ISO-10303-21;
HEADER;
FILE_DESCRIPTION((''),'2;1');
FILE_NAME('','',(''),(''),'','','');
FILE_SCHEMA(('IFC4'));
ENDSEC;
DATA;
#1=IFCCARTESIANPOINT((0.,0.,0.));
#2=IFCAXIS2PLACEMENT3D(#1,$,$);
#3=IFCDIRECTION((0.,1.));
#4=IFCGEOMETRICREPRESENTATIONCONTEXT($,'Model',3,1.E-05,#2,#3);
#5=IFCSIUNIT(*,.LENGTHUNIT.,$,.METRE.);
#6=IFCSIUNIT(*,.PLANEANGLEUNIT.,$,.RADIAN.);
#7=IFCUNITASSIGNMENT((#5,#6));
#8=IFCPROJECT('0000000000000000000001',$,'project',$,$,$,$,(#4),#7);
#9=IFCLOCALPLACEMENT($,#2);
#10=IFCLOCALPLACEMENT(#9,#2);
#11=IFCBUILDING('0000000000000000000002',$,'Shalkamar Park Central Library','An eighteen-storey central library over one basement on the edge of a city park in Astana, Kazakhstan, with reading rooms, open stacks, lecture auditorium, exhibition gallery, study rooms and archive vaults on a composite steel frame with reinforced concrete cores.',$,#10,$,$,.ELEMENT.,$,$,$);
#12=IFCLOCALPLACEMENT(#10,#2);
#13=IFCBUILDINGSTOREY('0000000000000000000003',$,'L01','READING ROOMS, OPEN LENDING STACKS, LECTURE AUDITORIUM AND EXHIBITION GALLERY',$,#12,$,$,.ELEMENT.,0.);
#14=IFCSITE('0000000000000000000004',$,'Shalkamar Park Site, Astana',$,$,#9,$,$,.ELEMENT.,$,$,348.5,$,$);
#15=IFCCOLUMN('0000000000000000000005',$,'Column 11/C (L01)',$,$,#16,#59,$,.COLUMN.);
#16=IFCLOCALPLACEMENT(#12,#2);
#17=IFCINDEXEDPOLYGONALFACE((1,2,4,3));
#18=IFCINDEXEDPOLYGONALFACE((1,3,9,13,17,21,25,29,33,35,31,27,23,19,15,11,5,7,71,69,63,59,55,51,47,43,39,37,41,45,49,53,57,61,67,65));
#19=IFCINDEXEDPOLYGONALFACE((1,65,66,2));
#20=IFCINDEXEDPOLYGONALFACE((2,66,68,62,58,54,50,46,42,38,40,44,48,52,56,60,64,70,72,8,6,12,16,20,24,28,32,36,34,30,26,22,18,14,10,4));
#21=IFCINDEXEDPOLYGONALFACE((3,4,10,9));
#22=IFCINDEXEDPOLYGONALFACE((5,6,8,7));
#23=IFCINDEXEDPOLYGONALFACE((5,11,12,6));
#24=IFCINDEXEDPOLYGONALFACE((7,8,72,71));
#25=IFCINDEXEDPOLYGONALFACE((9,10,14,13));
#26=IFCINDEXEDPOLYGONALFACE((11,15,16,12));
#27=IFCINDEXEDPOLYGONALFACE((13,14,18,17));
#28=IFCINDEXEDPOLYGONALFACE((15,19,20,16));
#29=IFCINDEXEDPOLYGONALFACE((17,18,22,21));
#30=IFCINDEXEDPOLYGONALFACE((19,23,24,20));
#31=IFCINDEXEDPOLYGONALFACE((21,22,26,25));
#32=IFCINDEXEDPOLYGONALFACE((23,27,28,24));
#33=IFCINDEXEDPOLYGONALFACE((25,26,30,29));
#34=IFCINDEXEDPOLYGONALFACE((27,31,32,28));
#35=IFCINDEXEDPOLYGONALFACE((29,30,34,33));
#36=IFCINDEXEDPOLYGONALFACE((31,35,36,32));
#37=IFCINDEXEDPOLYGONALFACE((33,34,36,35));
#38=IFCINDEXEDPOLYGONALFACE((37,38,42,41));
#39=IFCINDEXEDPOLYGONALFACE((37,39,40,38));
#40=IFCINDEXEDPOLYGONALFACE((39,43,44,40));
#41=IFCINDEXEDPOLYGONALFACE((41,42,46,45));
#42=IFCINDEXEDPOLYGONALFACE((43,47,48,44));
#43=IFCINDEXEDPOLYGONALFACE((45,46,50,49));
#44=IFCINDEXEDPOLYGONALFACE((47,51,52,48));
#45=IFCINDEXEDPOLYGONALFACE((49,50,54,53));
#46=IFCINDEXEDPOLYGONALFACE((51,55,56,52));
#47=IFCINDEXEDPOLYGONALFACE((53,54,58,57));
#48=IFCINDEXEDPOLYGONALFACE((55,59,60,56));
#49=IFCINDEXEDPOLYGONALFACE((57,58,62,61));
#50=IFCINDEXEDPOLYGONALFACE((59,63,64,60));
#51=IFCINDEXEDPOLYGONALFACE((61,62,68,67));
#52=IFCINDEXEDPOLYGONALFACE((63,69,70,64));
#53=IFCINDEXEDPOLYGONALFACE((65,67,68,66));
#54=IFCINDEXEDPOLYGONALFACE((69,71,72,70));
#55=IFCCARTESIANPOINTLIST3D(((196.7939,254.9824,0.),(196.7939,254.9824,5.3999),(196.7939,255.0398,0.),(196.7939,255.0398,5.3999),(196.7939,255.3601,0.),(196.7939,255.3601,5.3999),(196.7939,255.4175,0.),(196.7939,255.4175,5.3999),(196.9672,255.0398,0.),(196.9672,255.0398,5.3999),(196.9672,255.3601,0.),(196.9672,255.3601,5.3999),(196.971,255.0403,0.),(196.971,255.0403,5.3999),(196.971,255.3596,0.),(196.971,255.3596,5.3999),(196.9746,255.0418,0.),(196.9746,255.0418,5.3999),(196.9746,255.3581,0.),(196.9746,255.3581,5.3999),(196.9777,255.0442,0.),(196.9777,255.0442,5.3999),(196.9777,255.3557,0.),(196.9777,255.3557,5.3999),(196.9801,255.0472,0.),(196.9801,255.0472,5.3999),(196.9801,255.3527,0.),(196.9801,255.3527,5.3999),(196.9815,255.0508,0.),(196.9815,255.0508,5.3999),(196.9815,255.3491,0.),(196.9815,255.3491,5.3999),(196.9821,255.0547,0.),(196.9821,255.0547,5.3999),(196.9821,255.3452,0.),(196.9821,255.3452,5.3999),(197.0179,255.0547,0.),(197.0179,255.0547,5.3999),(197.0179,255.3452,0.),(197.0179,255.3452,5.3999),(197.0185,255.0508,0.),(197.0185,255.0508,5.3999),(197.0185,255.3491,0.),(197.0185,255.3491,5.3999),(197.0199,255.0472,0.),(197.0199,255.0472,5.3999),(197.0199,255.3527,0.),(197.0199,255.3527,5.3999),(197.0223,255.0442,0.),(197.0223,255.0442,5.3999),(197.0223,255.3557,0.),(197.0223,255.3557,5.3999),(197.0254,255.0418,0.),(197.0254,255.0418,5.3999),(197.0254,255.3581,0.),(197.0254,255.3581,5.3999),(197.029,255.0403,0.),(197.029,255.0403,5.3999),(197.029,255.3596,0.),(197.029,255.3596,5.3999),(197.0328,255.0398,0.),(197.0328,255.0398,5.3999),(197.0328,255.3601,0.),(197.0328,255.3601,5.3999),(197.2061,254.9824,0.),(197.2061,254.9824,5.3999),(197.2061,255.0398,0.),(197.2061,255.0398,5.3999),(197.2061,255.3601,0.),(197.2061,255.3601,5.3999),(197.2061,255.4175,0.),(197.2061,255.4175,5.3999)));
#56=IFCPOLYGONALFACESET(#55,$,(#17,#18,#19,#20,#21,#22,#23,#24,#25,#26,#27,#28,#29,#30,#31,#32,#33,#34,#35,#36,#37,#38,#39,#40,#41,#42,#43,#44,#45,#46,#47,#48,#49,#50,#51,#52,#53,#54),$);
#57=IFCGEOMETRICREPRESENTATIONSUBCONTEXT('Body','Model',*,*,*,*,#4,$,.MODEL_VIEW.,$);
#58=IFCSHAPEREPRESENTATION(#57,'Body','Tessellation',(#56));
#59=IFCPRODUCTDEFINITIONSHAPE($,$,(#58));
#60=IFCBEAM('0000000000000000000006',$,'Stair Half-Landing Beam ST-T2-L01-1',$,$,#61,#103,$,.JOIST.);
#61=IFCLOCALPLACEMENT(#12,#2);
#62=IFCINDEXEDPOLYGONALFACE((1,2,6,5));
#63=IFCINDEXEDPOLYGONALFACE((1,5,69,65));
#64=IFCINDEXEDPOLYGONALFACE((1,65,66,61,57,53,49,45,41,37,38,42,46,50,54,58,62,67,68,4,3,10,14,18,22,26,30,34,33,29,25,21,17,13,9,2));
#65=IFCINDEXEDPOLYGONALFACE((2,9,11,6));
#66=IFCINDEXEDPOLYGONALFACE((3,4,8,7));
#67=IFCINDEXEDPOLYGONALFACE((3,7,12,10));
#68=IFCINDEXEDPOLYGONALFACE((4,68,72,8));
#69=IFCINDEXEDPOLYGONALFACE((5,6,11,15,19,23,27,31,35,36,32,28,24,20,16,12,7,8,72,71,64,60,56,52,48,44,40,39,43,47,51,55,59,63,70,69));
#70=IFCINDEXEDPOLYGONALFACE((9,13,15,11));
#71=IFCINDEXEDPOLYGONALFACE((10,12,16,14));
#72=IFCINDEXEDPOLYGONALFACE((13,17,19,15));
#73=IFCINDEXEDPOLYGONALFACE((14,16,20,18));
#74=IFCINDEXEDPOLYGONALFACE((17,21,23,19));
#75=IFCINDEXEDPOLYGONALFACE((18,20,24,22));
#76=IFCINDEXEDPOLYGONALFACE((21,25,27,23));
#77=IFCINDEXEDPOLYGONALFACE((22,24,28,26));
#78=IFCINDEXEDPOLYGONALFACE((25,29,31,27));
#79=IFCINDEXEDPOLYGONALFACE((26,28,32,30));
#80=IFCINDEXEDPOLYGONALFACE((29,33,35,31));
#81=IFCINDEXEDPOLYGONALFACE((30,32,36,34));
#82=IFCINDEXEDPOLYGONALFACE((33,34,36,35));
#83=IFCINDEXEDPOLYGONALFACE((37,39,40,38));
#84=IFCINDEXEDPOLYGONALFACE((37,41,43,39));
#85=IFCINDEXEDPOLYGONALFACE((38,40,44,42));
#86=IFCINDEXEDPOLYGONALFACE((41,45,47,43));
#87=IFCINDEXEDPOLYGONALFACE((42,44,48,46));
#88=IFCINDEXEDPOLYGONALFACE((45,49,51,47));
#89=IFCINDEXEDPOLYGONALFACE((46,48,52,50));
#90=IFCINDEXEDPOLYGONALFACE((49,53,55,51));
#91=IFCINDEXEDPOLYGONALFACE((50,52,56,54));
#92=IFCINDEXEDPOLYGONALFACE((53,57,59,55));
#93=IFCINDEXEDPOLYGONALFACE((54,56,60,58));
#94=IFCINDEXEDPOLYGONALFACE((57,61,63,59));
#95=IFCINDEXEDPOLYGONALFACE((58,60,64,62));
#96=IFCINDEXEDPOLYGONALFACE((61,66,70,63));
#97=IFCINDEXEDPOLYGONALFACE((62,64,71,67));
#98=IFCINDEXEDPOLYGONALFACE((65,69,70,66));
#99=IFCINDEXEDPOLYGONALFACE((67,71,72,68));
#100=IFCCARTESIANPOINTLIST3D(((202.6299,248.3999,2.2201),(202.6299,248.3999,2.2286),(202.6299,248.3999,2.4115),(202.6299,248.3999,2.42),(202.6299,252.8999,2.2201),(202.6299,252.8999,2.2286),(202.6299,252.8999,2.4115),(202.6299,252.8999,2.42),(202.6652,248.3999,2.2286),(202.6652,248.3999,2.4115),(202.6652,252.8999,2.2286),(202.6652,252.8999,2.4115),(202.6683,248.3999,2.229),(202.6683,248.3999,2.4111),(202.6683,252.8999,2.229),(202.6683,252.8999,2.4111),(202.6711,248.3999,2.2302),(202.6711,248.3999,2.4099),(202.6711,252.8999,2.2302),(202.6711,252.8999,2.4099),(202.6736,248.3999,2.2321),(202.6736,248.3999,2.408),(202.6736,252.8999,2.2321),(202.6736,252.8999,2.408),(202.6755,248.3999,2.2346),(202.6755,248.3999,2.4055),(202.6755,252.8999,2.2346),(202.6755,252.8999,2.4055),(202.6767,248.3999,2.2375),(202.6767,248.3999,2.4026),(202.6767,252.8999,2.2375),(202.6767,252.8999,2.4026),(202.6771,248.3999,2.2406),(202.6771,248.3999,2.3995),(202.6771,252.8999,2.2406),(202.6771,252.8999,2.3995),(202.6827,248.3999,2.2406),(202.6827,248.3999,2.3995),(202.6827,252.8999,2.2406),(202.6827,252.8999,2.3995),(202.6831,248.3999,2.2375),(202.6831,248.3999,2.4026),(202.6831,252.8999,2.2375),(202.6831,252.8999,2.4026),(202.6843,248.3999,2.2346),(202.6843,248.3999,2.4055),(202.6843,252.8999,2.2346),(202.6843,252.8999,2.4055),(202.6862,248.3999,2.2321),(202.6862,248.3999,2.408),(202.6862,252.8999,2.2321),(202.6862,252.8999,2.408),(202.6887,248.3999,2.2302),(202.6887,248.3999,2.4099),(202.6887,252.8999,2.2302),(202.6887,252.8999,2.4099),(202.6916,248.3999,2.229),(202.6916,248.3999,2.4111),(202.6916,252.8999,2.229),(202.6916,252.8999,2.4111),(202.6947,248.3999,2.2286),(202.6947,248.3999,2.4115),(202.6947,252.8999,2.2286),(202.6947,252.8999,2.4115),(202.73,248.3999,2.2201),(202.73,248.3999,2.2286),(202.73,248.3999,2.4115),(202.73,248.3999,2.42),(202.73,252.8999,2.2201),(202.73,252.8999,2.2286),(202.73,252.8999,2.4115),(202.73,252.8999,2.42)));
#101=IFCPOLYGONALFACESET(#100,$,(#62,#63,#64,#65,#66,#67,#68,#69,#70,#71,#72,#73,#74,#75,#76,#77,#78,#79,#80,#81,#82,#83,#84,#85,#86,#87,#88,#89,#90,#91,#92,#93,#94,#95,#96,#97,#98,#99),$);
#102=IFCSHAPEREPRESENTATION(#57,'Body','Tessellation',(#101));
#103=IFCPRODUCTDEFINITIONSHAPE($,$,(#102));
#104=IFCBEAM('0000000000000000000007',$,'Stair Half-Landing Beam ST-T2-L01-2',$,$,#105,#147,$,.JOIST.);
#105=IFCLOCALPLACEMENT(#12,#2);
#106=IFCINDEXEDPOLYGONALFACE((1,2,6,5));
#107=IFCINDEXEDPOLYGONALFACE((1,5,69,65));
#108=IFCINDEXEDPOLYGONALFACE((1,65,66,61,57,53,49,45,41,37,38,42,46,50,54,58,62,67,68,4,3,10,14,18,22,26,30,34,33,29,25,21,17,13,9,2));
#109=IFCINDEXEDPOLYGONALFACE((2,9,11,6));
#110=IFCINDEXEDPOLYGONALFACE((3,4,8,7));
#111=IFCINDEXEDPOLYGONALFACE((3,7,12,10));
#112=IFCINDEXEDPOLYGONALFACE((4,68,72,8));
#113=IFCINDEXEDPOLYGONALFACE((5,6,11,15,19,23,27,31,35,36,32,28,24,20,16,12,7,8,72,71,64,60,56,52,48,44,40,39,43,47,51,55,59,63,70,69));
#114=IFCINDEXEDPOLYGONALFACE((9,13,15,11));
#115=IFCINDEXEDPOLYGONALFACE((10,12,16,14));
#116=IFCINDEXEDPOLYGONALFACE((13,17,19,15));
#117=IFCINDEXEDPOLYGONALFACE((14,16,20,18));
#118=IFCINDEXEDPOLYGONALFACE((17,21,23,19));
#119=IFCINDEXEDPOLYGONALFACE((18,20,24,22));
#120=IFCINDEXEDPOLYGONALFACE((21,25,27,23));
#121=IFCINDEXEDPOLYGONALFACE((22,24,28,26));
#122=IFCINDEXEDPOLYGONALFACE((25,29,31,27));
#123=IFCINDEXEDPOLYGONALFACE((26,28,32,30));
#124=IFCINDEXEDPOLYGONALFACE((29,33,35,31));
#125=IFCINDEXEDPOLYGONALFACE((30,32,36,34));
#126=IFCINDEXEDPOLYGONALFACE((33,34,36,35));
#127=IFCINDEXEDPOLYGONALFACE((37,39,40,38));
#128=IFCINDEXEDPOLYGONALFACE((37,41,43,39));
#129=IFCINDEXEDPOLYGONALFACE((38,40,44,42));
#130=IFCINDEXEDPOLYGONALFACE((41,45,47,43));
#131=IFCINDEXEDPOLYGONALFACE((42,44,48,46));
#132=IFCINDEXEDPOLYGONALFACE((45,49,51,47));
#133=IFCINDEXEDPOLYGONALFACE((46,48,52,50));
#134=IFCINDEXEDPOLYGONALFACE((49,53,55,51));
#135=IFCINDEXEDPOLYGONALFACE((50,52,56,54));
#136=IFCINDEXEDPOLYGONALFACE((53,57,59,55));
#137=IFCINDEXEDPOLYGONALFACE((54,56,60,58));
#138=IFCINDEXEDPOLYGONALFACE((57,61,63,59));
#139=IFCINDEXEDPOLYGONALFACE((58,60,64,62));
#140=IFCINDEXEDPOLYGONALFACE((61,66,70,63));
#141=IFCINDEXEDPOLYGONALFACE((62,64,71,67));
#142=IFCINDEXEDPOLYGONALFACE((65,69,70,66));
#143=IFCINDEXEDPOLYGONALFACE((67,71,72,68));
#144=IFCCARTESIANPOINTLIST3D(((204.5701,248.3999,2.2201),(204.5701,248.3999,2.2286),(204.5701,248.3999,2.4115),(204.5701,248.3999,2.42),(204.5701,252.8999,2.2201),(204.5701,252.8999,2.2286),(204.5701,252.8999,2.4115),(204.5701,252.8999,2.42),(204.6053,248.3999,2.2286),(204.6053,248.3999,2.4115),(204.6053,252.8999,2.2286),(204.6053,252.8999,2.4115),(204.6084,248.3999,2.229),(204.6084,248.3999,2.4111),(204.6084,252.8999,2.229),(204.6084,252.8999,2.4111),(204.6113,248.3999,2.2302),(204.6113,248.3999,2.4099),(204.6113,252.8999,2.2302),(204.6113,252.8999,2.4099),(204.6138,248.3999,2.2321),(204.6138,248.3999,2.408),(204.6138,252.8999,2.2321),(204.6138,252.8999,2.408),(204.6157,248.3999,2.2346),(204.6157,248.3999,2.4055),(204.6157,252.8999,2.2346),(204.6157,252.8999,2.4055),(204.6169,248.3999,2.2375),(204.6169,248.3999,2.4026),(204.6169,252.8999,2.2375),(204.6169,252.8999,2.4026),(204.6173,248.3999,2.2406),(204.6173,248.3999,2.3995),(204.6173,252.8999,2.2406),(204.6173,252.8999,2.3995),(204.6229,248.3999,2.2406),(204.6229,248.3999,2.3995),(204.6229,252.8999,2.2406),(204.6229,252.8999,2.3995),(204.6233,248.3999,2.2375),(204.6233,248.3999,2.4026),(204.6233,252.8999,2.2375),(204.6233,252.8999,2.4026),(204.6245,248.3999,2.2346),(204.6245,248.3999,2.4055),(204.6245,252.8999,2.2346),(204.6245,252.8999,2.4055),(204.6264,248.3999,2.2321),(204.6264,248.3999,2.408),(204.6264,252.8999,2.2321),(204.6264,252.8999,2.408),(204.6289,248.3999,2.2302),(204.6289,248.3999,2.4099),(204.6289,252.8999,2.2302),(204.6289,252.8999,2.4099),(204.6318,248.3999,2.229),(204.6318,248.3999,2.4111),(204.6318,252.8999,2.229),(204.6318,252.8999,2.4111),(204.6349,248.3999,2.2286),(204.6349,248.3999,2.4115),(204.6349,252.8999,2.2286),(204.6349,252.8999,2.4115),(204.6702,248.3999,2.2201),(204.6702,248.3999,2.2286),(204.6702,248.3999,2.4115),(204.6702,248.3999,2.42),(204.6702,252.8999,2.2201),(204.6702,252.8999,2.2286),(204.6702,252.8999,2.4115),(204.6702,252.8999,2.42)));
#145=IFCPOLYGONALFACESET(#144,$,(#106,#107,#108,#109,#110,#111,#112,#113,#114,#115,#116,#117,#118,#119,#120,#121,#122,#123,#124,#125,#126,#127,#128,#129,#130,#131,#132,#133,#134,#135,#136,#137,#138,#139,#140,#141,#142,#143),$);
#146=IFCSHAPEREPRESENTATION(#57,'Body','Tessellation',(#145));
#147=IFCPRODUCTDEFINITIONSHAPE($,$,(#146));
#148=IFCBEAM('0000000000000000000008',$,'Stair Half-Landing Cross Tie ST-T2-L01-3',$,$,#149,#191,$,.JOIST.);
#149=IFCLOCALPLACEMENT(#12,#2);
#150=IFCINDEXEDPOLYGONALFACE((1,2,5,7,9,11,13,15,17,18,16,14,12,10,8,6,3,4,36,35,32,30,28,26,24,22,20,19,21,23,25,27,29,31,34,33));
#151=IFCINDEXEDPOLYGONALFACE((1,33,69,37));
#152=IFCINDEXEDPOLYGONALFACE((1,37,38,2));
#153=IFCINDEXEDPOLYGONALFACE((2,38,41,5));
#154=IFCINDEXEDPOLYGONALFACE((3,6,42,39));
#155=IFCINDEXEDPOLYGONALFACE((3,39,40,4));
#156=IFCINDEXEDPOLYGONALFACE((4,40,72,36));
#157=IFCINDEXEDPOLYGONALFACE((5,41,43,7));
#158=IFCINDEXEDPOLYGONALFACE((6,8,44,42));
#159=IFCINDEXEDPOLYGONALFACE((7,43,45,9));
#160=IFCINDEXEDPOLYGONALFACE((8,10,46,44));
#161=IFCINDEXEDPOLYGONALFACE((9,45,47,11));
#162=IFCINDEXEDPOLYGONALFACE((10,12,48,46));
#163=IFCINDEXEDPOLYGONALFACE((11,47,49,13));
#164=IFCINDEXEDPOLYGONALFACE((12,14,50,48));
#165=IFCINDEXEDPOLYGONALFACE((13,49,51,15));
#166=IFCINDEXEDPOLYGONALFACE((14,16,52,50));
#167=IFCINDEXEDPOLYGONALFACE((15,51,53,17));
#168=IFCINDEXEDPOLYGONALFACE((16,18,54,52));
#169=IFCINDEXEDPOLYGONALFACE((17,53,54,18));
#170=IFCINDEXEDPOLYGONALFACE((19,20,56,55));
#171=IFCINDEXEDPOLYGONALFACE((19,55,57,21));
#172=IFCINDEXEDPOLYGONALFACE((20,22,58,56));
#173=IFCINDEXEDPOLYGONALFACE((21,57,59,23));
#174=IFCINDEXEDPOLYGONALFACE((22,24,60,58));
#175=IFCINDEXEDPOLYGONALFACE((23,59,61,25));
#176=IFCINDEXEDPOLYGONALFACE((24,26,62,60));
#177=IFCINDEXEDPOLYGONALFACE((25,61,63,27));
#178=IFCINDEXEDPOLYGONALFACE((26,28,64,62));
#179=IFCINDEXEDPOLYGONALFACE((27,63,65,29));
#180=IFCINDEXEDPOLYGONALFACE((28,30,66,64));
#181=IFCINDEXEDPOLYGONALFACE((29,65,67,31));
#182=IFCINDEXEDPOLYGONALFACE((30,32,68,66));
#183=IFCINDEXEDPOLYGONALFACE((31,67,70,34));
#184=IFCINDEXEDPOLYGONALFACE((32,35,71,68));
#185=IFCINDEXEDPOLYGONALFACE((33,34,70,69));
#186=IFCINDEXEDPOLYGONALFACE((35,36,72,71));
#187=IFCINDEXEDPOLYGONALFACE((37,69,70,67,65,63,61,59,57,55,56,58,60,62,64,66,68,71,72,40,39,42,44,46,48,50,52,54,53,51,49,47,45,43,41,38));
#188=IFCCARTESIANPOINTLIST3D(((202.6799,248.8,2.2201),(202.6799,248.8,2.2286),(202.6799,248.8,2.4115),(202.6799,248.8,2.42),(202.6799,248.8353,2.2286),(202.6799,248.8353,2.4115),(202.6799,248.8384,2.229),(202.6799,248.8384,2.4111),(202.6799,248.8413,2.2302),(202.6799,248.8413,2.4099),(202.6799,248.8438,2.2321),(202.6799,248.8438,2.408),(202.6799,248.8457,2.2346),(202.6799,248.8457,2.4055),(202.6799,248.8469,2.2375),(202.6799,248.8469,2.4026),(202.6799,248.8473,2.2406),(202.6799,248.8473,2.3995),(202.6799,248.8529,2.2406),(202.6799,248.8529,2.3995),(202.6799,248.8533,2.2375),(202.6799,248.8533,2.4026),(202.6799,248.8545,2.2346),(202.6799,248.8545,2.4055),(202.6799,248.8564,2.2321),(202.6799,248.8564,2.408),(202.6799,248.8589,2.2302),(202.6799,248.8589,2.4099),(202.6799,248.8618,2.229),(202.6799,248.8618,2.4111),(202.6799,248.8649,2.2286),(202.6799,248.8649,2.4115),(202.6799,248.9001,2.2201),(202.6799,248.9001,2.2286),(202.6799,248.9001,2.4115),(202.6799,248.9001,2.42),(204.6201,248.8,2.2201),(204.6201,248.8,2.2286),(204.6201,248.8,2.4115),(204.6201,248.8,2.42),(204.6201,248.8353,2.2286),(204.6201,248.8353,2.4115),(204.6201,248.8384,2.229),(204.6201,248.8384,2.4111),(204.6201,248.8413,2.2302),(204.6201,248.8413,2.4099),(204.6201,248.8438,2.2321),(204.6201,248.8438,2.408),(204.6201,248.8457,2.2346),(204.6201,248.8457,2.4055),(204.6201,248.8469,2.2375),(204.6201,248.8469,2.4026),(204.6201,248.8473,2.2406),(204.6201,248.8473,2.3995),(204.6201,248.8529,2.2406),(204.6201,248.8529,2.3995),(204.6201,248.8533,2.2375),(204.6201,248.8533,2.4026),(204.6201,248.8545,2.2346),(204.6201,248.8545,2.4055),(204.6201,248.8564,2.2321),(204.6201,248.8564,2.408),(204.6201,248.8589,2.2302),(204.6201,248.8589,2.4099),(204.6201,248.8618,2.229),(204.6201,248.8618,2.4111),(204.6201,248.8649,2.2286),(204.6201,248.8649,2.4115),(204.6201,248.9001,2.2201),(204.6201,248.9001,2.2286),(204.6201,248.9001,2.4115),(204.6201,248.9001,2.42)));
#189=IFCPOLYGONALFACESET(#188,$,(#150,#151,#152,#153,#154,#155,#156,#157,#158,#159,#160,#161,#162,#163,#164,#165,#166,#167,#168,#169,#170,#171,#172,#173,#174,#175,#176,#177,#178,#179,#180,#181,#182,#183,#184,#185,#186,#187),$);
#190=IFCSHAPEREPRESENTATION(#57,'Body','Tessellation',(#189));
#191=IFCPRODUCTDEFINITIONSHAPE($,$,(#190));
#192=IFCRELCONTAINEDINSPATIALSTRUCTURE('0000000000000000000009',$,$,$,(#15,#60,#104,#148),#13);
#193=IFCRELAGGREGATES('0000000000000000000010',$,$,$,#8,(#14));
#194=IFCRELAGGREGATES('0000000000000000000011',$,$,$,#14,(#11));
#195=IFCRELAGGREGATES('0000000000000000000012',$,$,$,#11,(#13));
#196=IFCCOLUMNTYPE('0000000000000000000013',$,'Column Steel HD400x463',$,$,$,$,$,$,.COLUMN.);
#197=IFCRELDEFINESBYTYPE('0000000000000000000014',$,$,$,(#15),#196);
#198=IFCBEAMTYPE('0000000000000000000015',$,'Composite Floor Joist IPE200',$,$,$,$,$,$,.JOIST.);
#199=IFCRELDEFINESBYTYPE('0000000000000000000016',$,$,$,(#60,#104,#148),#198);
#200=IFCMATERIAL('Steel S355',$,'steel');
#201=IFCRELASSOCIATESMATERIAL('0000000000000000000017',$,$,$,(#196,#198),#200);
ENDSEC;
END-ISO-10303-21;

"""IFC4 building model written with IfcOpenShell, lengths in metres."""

from ifc_helpers import new_model, si_unit, direction, frame, origin, origin_2d, place, context, subcontext, project, spatial, i_section, extrude, material, material_profile, profile_set, type_object, element, save


model = new_model("IFC4")

# Units and contexts
model_context = context("Model", 3, precision=1e-05, world=origin(), true_north=direction((0.0, 1.0)))
body_context = subcontext(model_context, "Body", "Model", "MODEL_VIEW")
ifc_project = project(units=[si_unit("LENGTHUNIT", "METRE"), si_unit("PLANEANGLEUNIT", "RADIAN")], contexts=[model_context])

# Site, building, storey
site_placement = place(None, origin())
site = spatial("IfcSite", under=ifc_project, at=site_placement, Name="Shalkamar Park Site, Astana", CompositionType="ELEMENT", RefElevation=348.5)
building_placement = place(site_placement, origin())
building = spatial("IfcBuilding", under=site, at=building_placement, Name="Shalkamar Park Central Library", Description="An eighteen-storey central library over one basement on the edge of a city park in Astana, Kazakhstan, with reading rooms, open stacks, lecture auditorium, exhibition gallery, study rooms and archive vaults on a composite steel frame with reinforced concrete cores.", CompositionType="ELEMENT")
storey_placement = place(building_placement, origin())
storey = spatial("IfcBuildingStorey", under=building, at=storey_placement, Name="L01", Description="READING ROOMS, OPEN LENDING STACKS, LECTURE AUDITORIUM AND EXHIBITION GALLERY", CompositionType="ELEMENT", Elevation=0.0)

# Column
ifc_material_1 = material(Name="Steel S355", Category="steel")
ifc_material_profile_1 = material_profile(ifc_material_1, i_section(OverallWidth=0.4121, OverallDepth=0.4351, WebThickness=0.0359, FlangeThickness=0.0574, FilletRadius=0.0149, at=origin_2d()), Name="HD 400x463")
ifc_profile_set_1 = profile_set([ifc_material_profile_1], Name="Steel S355")
column_type = type_object("IfcColumnType", Name="Column Steel HD400x463", PredefinedType="COLUMN", material=ifc_profile_set_1)
column_placement = place(storey_placement, frame((197.0, 255.2, 0.0), z_axis=(0.0, 0.0, 1.0), x_axis=(1.0, 0.0, 0.0)))
element("IfcColumn", 1, at=column_placement, inside=storey, type_object=column_type, Name="Column 11/C (L01)", PredefinedType="COLUMN", context=body_context, shape_type="SweptSolid", body=[
    extrude(i_section(OverallWidth=0.4121, OverallDepth=0.4351, WebThickness=0.0359, FlangeThickness=0.0574, FilletRadius=0.0149, at=origin_2d()), origin(), (0.0, 0.0, 1.0), 5.3999),
])

# Beams
ifc_material_profile_2 = material_profile(ifc_material_1, i_section(OverallWidth=0.1001, OverallDepth=0.2, WebThickness=0.0056, FlangeThickness=0.0085, FilletRadius=0.012, at=origin_2d()), Name="IPE 200")
ifc_profile_set_2 = profile_set([ifc_material_profile_2], Name="Steel S355")
beam_type_1 = type_object("IfcBeamType", Name="Composite Floor Joist IPE200", PredefinedType="JOIST", material=ifc_profile_set_2)
for number, where, z_axis, x_axis, name in (
    (2, (202.6799, 248.3999, 2.3201), (0.0, 1.0, 0.0), (-1.0, 0.0, 0.0), "Stair Half-Landing Beam ST-T2-L01-1"),
    (3, (204.6201, 248.3999, 2.3201), (0.0, 1.0, 0.0), (-1.0, 0.0, 0.0), "Stair Half-Landing Beam ST-T2-L01-2"),
):
    element("IfcBeam", number, at=place(storey_placement, frame(where, z_axis=z_axis, x_axis=x_axis)), inside=storey, type_object=beam_type_1, Name=name, PredefinedType="JOIST", context=body_context, shape_type="SweptSolid", body=[
        extrude(i_section(OverallWidth=0.1001, OverallDepth=0.2, WebThickness=0.0056, FlangeThickness=0.0085, FilletRadius=0.012, at=origin_2d()), origin(), (0.0, 0.0, 1.0), 4.5),
    ])
beam_1_placement = place(storey_placement, frame((202.6799, 248.8501, 2.3201), z_axis=(1.0, 0.0, 0.0), x_axis=(0.0, 1.0, 0.0)))
element("IfcBeam", 4, at=beam_1_placement, inside=storey, type_object=beam_type_1, Name="Stair Half-Landing Cross Tie ST-T2-L01-3", PredefinedType="JOIST", context=body_context, shape_type="SweptSolid", body=[
    extrude(i_section(OverallWidth=0.1001, OverallDepth=0.2, WebThickness=0.0056, FlangeThickness=0.0085, FilletRadius=0.012, at=origin_2d()), origin(), (0.0, 0.0, 1.0), 1.9402),
])

save(model, "model.ifc")
